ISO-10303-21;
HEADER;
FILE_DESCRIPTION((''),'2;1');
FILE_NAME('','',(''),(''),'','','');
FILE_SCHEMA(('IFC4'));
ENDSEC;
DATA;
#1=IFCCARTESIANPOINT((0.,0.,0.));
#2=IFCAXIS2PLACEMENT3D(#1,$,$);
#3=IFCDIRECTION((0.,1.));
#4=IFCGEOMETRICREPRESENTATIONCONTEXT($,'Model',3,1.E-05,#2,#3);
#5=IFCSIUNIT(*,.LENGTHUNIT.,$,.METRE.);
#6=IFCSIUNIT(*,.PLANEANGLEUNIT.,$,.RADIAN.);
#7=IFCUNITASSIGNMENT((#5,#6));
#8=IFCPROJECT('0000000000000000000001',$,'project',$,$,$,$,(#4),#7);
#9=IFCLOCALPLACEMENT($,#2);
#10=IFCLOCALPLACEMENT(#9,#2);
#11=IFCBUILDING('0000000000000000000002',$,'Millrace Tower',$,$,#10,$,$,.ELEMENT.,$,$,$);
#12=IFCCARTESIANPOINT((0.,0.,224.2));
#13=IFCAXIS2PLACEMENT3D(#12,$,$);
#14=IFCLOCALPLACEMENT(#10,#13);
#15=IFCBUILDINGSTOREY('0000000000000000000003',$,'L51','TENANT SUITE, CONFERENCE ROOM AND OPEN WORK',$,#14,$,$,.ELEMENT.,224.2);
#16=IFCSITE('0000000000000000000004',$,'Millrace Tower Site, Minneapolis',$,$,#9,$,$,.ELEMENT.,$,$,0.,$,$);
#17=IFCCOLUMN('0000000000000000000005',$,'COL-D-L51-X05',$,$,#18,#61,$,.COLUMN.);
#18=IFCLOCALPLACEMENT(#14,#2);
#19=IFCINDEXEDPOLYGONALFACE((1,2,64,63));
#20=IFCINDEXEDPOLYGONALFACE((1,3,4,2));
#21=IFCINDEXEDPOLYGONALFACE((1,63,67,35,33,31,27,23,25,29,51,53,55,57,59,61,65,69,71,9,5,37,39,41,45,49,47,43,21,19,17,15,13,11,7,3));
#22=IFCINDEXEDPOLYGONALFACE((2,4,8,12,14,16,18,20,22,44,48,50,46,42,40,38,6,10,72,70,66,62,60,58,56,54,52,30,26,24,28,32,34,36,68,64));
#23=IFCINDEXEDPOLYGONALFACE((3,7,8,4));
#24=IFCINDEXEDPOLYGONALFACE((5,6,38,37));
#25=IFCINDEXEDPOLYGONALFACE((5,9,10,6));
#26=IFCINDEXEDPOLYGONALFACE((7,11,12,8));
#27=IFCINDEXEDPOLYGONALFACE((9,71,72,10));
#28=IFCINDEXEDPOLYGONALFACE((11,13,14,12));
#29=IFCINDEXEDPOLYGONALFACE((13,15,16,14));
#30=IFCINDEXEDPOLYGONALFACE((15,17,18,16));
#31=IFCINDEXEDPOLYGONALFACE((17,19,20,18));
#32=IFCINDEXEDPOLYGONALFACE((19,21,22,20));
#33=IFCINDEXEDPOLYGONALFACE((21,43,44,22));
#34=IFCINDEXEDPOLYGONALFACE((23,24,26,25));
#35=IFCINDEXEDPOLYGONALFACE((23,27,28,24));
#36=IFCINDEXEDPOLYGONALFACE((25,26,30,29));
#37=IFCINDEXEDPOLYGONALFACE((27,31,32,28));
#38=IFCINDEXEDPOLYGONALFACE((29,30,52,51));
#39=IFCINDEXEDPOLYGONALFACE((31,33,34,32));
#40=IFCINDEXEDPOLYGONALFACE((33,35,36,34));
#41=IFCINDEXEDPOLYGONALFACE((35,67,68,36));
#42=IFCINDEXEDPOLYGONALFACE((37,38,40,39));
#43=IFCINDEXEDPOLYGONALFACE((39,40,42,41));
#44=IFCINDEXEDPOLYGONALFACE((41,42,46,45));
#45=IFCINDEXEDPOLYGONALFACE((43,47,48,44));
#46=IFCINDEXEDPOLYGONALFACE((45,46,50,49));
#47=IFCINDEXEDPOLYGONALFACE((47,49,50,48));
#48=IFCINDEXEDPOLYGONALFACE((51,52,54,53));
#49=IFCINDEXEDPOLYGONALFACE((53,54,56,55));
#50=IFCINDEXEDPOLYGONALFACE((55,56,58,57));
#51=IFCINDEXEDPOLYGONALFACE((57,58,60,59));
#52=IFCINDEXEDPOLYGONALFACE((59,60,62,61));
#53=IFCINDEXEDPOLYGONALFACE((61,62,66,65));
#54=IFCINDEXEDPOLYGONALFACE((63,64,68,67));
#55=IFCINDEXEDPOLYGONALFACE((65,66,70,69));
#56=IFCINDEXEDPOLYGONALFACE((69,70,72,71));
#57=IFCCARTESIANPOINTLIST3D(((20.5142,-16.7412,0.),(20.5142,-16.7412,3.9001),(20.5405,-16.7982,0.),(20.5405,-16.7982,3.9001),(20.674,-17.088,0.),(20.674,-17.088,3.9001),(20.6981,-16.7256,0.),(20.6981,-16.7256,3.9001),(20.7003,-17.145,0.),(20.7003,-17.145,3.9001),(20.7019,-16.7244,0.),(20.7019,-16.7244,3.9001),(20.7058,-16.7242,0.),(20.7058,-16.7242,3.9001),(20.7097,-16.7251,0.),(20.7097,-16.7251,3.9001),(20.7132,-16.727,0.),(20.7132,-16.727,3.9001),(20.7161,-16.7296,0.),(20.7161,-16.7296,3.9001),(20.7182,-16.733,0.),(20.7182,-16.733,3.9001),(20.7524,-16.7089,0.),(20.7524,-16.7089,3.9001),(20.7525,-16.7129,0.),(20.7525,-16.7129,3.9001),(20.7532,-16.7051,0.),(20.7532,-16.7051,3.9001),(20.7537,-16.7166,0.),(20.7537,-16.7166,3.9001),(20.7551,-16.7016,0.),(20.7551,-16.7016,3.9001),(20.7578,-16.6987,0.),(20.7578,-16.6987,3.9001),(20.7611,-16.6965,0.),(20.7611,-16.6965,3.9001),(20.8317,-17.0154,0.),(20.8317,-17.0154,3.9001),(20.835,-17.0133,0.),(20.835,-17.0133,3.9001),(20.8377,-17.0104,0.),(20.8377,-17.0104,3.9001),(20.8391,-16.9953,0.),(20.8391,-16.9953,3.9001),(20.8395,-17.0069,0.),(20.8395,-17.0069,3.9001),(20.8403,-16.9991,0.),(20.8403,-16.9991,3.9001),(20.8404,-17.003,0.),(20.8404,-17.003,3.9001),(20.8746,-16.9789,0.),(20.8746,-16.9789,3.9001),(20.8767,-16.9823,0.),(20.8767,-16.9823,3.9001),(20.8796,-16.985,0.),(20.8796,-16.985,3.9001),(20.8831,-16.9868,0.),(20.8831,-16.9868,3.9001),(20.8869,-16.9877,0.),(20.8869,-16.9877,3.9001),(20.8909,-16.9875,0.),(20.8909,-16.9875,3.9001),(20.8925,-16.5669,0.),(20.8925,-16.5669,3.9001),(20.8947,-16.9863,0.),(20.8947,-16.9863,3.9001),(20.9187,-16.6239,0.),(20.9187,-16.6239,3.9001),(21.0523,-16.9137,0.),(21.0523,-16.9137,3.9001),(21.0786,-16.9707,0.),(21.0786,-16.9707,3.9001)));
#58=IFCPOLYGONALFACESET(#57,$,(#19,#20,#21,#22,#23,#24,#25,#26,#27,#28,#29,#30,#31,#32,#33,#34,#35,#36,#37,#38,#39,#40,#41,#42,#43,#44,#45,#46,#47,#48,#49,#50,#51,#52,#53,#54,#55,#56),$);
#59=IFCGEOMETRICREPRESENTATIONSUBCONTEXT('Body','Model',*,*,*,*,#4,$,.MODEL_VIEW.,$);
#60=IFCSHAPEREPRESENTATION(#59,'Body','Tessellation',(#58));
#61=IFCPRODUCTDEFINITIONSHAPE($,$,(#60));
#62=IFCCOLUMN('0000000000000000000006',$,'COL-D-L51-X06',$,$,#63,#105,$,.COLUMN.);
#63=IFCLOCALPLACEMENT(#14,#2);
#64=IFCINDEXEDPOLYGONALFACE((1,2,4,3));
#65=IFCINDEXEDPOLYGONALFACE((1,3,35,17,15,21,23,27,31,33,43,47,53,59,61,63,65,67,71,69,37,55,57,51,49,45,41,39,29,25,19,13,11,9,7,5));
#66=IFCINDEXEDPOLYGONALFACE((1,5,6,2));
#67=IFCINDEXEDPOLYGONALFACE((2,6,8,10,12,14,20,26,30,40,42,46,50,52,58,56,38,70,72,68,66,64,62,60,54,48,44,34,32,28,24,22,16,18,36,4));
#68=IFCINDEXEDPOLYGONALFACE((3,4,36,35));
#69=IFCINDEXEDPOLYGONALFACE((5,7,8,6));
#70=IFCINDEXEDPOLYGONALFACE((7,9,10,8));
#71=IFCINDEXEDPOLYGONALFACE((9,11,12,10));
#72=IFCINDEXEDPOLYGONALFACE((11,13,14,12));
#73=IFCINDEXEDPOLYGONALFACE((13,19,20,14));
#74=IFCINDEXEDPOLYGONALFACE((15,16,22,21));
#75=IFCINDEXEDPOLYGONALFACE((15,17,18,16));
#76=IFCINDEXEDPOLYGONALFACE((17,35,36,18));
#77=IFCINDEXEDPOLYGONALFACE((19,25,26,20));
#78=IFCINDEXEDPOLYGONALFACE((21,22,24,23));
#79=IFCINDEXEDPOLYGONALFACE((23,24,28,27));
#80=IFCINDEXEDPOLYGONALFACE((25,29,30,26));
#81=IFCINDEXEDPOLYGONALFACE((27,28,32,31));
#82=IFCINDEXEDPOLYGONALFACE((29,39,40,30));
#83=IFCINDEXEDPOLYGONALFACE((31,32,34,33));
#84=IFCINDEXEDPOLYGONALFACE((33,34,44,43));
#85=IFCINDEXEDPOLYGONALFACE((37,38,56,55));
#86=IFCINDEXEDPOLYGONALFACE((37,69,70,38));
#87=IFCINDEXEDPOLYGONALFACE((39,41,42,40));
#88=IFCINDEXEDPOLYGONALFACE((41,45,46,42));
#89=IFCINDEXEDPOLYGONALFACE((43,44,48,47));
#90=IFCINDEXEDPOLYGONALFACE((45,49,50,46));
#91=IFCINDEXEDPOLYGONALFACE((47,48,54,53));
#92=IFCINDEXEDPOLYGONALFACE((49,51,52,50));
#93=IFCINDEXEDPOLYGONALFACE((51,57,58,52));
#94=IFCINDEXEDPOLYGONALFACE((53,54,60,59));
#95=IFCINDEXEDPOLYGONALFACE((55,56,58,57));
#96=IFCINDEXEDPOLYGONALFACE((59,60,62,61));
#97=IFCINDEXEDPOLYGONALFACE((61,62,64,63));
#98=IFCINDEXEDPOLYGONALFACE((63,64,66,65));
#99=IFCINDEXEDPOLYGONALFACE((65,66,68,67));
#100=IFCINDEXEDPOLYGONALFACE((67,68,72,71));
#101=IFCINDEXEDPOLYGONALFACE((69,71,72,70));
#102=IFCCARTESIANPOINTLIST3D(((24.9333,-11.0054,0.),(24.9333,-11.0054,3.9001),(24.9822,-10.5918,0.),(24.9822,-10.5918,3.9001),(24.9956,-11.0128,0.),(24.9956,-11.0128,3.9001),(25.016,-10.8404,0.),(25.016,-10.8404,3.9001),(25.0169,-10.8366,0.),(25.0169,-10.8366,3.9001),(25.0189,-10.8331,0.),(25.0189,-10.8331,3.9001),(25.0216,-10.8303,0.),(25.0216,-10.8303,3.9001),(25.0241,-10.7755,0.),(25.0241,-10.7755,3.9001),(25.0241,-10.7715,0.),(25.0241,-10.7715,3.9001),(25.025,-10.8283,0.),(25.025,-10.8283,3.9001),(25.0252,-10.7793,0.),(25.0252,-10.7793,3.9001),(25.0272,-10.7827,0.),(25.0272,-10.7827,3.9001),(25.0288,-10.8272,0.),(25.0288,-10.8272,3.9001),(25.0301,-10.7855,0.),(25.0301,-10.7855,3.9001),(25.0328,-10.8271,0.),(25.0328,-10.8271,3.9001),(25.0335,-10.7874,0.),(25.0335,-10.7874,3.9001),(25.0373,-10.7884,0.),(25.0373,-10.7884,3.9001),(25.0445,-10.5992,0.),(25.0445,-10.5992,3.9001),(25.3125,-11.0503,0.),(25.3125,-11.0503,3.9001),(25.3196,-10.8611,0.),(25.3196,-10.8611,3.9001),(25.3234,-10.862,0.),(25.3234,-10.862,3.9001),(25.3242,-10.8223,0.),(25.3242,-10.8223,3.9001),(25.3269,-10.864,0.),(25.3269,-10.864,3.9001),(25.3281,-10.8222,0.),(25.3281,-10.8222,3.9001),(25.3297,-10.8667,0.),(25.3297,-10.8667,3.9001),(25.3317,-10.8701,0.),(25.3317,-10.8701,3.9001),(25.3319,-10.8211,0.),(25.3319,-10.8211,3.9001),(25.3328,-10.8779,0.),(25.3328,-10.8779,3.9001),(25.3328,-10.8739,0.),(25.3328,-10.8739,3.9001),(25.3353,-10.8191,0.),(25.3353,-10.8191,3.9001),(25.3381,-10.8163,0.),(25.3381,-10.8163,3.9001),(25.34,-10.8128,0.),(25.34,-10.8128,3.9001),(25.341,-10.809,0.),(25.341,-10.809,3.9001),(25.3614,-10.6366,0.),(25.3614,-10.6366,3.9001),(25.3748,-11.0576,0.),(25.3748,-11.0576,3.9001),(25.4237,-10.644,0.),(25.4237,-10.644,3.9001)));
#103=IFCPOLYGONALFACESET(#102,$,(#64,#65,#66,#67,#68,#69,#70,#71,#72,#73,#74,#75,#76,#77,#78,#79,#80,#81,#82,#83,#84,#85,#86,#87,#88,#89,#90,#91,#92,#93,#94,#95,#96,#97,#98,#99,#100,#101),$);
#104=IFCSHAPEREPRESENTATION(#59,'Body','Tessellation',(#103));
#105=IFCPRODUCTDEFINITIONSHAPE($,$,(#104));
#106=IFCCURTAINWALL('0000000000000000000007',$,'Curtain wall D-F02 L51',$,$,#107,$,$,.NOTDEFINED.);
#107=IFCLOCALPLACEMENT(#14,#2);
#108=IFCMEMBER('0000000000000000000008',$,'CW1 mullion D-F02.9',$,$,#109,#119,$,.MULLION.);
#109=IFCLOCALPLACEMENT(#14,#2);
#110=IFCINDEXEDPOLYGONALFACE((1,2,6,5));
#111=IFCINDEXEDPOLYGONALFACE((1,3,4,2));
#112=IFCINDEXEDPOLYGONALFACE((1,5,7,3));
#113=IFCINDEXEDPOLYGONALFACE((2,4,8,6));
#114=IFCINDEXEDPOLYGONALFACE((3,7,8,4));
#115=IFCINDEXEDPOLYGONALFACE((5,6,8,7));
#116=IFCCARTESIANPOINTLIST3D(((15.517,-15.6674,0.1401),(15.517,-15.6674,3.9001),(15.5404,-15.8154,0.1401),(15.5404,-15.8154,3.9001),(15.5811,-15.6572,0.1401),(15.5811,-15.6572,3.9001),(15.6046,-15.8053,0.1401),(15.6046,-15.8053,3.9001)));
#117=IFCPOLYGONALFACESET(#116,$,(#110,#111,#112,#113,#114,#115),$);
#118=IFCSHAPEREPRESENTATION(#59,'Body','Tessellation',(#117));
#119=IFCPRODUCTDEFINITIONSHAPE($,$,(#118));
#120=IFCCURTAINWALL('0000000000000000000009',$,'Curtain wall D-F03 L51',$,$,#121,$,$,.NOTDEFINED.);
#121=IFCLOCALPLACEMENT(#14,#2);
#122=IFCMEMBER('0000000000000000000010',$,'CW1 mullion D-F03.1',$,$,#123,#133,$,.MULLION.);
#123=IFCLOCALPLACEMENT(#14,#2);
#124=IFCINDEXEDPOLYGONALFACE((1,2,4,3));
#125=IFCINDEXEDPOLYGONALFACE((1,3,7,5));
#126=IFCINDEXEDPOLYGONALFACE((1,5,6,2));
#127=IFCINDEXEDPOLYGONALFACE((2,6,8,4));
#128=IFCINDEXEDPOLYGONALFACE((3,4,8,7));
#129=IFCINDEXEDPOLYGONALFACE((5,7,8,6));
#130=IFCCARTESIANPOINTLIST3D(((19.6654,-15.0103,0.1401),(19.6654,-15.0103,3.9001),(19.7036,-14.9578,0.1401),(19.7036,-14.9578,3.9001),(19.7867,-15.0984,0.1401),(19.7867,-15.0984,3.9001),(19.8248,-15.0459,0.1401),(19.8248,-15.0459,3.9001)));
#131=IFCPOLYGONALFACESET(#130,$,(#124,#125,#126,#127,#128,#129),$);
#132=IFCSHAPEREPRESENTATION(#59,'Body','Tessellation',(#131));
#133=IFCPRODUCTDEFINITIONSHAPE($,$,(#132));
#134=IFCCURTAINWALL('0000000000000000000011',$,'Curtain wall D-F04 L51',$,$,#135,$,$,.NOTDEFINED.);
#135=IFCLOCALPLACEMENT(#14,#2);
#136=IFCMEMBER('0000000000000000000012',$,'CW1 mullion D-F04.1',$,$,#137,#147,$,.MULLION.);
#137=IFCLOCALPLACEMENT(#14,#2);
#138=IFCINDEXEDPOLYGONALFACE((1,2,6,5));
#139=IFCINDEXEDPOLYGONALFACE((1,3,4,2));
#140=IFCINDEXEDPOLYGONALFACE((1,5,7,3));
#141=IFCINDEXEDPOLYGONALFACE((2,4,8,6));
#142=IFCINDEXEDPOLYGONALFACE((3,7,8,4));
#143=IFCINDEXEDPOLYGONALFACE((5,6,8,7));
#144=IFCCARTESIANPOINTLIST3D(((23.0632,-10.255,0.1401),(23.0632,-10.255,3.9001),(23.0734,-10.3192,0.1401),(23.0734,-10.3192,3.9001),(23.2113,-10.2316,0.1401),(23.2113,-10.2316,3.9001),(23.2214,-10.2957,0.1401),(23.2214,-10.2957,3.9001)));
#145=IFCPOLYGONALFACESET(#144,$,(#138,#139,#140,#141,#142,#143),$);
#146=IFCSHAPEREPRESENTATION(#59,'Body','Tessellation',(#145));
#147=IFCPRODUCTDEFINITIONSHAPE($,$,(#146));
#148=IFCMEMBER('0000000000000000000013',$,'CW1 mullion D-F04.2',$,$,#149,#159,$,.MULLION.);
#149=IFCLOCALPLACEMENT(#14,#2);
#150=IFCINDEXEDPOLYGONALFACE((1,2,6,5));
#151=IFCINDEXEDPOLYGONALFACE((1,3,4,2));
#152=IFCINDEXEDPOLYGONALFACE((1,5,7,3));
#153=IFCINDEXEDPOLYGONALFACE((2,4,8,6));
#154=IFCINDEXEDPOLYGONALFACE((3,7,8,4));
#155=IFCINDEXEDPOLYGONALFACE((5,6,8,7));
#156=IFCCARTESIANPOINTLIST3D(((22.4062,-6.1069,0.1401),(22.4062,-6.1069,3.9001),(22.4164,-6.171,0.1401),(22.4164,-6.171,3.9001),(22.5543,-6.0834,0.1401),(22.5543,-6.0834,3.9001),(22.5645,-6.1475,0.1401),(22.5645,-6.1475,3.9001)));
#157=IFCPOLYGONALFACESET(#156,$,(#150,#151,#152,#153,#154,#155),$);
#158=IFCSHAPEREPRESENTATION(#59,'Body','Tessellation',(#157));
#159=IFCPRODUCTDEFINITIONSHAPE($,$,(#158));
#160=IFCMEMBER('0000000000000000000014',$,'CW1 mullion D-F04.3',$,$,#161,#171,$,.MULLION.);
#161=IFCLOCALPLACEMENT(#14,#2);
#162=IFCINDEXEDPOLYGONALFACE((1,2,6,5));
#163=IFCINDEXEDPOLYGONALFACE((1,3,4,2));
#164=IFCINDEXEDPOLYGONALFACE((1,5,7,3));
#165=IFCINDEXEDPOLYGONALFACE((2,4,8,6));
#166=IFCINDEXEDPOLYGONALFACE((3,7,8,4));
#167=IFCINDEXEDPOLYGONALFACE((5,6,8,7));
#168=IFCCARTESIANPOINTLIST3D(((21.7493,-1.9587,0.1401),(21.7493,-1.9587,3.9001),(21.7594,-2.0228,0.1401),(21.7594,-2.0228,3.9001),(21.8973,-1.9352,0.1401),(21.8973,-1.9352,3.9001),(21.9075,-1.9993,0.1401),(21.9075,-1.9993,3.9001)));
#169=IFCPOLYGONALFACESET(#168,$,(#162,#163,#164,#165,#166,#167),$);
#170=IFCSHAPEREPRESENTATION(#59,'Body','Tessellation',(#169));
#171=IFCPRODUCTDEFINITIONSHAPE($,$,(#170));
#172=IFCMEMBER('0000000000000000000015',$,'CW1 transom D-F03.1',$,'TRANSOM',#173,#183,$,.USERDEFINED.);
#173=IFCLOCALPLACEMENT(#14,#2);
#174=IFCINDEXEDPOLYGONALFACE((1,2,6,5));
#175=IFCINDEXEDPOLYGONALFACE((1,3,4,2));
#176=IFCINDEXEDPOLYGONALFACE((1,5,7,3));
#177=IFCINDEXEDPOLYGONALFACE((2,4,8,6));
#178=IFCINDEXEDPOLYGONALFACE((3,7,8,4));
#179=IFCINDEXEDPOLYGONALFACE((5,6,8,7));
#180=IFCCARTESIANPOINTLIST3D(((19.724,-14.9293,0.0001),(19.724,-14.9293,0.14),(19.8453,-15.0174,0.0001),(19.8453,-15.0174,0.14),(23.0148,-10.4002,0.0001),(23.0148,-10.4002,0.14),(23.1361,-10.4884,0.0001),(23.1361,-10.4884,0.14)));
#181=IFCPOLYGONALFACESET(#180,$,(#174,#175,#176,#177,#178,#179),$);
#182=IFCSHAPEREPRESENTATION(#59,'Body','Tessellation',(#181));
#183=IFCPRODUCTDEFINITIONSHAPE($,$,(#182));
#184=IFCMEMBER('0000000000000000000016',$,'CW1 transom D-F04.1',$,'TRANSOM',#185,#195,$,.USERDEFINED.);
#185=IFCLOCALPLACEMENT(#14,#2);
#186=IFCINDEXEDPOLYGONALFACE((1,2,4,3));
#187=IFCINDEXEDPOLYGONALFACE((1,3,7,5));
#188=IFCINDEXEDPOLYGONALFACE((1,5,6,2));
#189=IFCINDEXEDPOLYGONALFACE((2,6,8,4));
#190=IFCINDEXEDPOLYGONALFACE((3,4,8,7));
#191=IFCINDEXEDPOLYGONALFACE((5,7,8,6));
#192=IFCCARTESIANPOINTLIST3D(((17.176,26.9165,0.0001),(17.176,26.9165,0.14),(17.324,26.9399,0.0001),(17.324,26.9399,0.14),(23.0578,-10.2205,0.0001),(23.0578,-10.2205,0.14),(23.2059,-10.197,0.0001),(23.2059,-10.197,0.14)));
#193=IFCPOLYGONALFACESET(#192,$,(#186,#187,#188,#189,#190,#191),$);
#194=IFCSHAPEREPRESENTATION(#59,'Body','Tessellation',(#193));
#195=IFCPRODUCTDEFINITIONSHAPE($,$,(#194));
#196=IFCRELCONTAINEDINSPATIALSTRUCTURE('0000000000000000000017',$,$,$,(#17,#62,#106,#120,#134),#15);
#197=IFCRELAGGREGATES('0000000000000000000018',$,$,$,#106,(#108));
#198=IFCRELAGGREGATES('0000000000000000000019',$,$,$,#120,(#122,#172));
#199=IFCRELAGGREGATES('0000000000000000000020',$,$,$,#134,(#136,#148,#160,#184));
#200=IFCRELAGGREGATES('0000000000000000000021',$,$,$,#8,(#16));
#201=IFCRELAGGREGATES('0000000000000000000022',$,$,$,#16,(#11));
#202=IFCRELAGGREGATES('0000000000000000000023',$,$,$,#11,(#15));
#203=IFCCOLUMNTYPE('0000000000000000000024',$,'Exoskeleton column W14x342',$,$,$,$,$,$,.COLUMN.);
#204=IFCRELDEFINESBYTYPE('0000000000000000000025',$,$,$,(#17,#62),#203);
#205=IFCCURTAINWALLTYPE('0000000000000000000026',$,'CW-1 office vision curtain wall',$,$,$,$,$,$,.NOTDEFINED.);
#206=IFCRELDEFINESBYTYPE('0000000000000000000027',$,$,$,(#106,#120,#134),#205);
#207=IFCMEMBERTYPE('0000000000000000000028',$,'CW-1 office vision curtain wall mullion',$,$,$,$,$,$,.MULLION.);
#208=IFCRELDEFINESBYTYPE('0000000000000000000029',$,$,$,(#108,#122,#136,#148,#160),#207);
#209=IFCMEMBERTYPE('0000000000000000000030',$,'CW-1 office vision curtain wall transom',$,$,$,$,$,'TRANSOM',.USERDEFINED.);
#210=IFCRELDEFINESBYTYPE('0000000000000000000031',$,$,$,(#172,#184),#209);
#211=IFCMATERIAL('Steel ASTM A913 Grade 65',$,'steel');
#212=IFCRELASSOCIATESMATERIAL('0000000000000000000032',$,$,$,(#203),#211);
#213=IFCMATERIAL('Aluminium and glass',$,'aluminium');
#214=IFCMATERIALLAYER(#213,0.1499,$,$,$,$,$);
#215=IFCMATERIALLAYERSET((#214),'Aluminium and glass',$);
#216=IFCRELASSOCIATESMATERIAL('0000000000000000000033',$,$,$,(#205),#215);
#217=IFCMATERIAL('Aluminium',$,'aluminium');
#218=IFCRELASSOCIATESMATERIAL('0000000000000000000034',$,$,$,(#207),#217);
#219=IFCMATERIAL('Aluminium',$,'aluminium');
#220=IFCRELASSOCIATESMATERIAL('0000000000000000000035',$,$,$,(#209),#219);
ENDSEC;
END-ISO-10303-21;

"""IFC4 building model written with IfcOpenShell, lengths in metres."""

from ifc_helpers import new_model, si_unit, direction, frame, origin, origin_2d, place, context, subcontext, project, spatial, rectangle, i_section, extrude, material, layer, layer_set, material_profile, profile_set, type_object, element, aggregate, save


model = new_model("IFC4")

# Units and contexts
model_context = context("Model", 3, precision=1e-05, world=origin(), true_north=direction((0.0, 1.0)))
body_context = subcontext(model_context, "Body", "Model", "MODEL_VIEW")
ifc_project = project(units=[si_unit("LENGTHUNIT", "METRE"), si_unit("PLANEANGLEUNIT", "RADIAN")], contexts=[model_context])

# Site, building, storey
site_placement = place(None, origin())
site = spatial("IfcSite", under=ifc_project, at=site_placement, Name="Millrace Tower Site, Minneapolis", CompositionType="ELEMENT", RefElevation=0.0)
building_placement = place(site_placement, origin())
building = spatial("IfcBuilding", under=site, at=building_placement, Name="Millrace Tower", CompositionType="ELEMENT")
storey_placement = place(building_placement, frame((0.0, 0.0, 224.2)))
storey = spatial("IfcBuildingStorey", under=building, at=storey_placement, Name="L51", Description="TENANT SUITE, CONFERENCE ROOM AND OPEN WORK", CompositionType="ELEMENT", Elevation=224.2)

# Columns
ifc_material_1 = material(Name="Steel ASTM A913 Grade 65", Category="steel")
ifc_material_profile_1 = material_profile(ifc_material_1, i_section(OverallWidth=0.4165, OverallDepth=0.4446, WebThickness=0.0391, FlangeThickness=0.0627, FilletRadius=0.0151, at=origin_2d()))
ifc_profile_set_1 = profile_set([ifc_material_profile_1], Name="Steel ASTM A913 Grade 65")
column_type = type_object("IfcColumnType", Name="Exoskeleton column W14x342", PredefinedType="COLUMN", material=ifc_profile_set_1)
for number, where, z_axis, x_axis, name in (
    (1, (20.7964, -16.856, 0.0), (0.0, 0.0, 1.0), (0.908192, 0.418553, 0.0), "COL-D-L51-X05"),
    (2, (25.1785, -10.8247, 0.0), (0.0, 0.0, 1.0), (0.117421, 0.993082, 0.0), "COL-D-L51-X06"),
):
    element("IfcColumn", number, at=place(storey_placement, frame(where, z_axis=z_axis, x_axis=x_axis)), inside=storey, type_object=column_type, Name=name, PredefinedType="COLUMN", context=body_context, shape_type="SweptSolid", body=[
        extrude(i_section(OverallWidth=0.4165, OverallDepth=0.4446, WebThickness=0.0391, FlangeThickness=0.0627, FilletRadius=0.0151, at=origin_2d()), origin(), (0.0, 0.0, 1.0), 3.9001),
    ])

# Curtain walls, members
ifc_material_2 = material(Name="Aluminium and glass", Category="aluminium")
ifc_layer_1 = layer(ifc_material_2, 0.1499)
ifc_layer_set_1 = layer_set([ifc_layer_1], Name="Aluminium and glass")
curtain_wall_type = type_object("IfcCurtainWallType", Name="CW-1 office vision curtain wall", PredefinedType="NOTDEFINED", material=ifc_layer_set_1)
placement = place(storey_placement, origin())
curtain_wall_1 = element("IfcCurtainWall", 3, at=placement, inside=storey, type_object=curtain_wall_type, Name="Curtain wall D-F02 L51", PredefinedType="NOTDEFINED")
ifc_material_3 = material(Name="Aluminium", Category="aluminium")
ifc_material_profile_2 = material_profile(ifc_material_3, rectangle(XDim=0.0649, YDim=0.1499, at=origin_2d()))
ifc_profile_set_2 = profile_set([ifc_material_profile_2], Name="Aluminium")
member_type_1 = type_object("IfcMemberType", Name="CW-1 office vision curtain wall mullion", PredefinedType="MULLION", material=ifc_profile_set_2)
member_1_placement = place(storey_placement, frame((15.5608, -15.7363, 0.1401), z_axis=(0.0, 0.0, 1.0), x_axis=(0.987688, 0.156434, 0.0)))
member_1 = element("IfcMember", 4, at=member_1_placement, type_object=member_type_1, Name="CW1 mullion D-F02.9", PredefinedType="MULLION", context=body_context, shape_type="SweptSolid", body=[
    extrude(rectangle(XDim=0.0649, YDim=0.1499, at=origin_2d()), origin(), (0.0, 0.0, 1.0), 3.76),
])
aggregate(curtain_wall_1, [member_1])
curtain_wall_2 = element("IfcCurtainWall", 5, at=placement, inside=storey, type_object=curtain_wall_type, Name="Curtain wall D-F03 L51", PredefinedType="NOTDEFINED")
member_2_placement = place(storey_placement, frame((19.7451, -15.0281, 0.1401), z_axis=(0.0, 0.0, 1.0), x_axis=(0.587785, 0.809017, 0.0)))
member_2 = element("IfcMember", 6, at=member_2_placement, type_object=member_type_1, Name="CW1 mullion D-F03.1", PredefinedType="MULLION", context=body_context, shape_type="SweptSolid", body=[
    extrude(rectangle(XDim=0.0649, YDim=0.1499, at=origin_2d()), origin(), (0.0, 0.0, 1.0), 3.76),
])

# Curtain wall, members
curtain_wall_3 = element("IfcCurtainWall", 7, at=placement, inside=storey, type_object=curtain_wall_type, Name="Curtain wall D-F04 L51", PredefinedType="NOTDEFINED")
member_3_placement = place(storey_placement, frame((23.1423, -10.2754, 0.1401), z_axis=(0.0, 0.0, 1.0), x_axis=(-0.156434, 0.987688, 0.0)))
member_3 = element("IfcMember", 8, at=member_3_placement, type_object=member_type_1, Name="CW1 mullion D-F04.1", PredefinedType="MULLION", context=body_context, shape_type="SweptSolid", body=[
    extrude(rectangle(XDim=0.0649, YDim=0.1499, at=origin_2d()), origin(), (0.0, 0.0, 1.0), 3.76),
])
member_4_placement = place(storey_placement, frame((22.4854, -6.1272, 0.1401), z_axis=(0.0, 0.0, 1.0), x_axis=(-0.156434, 0.987688, 0.0)))
member_4 = element("IfcMember", 9, at=member_4_placement, type_object=member_type_1, Name="CW1 mullion D-F04.2", PredefinedType="MULLION", context=body_context, shape_type="SweptSolid", body=[
    extrude(rectangle(XDim=0.0649, YDim=0.1499, at=origin_2d()), origin(), (0.0, 0.0, 1.0), 3.76),
])
member_5_placement = place(storey_placement, frame((21.8284, -1.979, 0.1401), z_axis=(0.0, 0.0, 1.0), x_axis=(-0.156434, 0.987688, 0.0)))
member_5 = element("IfcMember", 10, at=member_5_placement, type_object=member_type_1, Name="CW1 mullion D-F04.3", PredefinedType="MULLION", context=body_context, shape_type="SweptSolid", body=[
    extrude(rectangle(XDim=0.0649, YDim=0.1499, at=origin_2d()), origin(), (0.0, 0.0, 1.0), 3.76),
])

# Members
ifc_material_4 = material(Name="Aluminium", Category="aluminium")
ifc_material_profile_3 = material_profile(ifc_material_4, rectangle(XDim=0.1499, YDim=0.1399, at=origin_2d()))
ifc_profile_set_3 = profile_set([ifc_material_profile_3], Name="Aluminium")
member_type_2 = type_object("IfcMemberType", Name="CW-1 office vision curtain wall transom", ElementType="TRANSOM", PredefinedType="USERDEFINED", material=ifc_profile_set_3)
member_6_placement = place(storey_placement, frame((19.7847, -14.9734, 0.0701), z_axis=(0.587811, 0.808998, 0.0), x_axis=(-0.808998, 0.587811, 0.0)))
member_6 = element("IfcMember", 11, at=member_6_placement, type_object=member_type_2, Name="CW1 transom D-F03.1", ObjectType="TRANSOM", PredefinedType="USERDEFINED", context=body_context, shape_type="SweptSolid", body=[
    extrude(rectangle(XDim=0.1499, YDim=0.1399, at=origin_2d()), origin(), (0.0, 0.0, 1.0), 5.5984),
])
aggregate(curtain_wall_2, [member_2, member_6])
member_7_placement = place(storey_placement, frame((23.1318, -10.2087, 0.0701), z_axis=(-0.156432, 0.987689, 0.0), x_axis=(-0.987689, -0.156432, 0.0)))
member_7 = element("IfcMember", 12, at=member_7_placement, type_object=member_type_2, Name="CW1 transom D-F04.1", ObjectType="TRANSOM", PredefinedType="USERDEFINED", context=body_context, shape_type="SweptSolid", body=[
    extrude(rectangle(XDim=0.1499, YDim=0.1399, at=origin_2d()), origin(), (0.0, 0.0, 1.0), 37.5999),
])
aggregate(curtain_wall_3, [member_3, member_4, member_5, member_7])

save(model, "model.ifc")
